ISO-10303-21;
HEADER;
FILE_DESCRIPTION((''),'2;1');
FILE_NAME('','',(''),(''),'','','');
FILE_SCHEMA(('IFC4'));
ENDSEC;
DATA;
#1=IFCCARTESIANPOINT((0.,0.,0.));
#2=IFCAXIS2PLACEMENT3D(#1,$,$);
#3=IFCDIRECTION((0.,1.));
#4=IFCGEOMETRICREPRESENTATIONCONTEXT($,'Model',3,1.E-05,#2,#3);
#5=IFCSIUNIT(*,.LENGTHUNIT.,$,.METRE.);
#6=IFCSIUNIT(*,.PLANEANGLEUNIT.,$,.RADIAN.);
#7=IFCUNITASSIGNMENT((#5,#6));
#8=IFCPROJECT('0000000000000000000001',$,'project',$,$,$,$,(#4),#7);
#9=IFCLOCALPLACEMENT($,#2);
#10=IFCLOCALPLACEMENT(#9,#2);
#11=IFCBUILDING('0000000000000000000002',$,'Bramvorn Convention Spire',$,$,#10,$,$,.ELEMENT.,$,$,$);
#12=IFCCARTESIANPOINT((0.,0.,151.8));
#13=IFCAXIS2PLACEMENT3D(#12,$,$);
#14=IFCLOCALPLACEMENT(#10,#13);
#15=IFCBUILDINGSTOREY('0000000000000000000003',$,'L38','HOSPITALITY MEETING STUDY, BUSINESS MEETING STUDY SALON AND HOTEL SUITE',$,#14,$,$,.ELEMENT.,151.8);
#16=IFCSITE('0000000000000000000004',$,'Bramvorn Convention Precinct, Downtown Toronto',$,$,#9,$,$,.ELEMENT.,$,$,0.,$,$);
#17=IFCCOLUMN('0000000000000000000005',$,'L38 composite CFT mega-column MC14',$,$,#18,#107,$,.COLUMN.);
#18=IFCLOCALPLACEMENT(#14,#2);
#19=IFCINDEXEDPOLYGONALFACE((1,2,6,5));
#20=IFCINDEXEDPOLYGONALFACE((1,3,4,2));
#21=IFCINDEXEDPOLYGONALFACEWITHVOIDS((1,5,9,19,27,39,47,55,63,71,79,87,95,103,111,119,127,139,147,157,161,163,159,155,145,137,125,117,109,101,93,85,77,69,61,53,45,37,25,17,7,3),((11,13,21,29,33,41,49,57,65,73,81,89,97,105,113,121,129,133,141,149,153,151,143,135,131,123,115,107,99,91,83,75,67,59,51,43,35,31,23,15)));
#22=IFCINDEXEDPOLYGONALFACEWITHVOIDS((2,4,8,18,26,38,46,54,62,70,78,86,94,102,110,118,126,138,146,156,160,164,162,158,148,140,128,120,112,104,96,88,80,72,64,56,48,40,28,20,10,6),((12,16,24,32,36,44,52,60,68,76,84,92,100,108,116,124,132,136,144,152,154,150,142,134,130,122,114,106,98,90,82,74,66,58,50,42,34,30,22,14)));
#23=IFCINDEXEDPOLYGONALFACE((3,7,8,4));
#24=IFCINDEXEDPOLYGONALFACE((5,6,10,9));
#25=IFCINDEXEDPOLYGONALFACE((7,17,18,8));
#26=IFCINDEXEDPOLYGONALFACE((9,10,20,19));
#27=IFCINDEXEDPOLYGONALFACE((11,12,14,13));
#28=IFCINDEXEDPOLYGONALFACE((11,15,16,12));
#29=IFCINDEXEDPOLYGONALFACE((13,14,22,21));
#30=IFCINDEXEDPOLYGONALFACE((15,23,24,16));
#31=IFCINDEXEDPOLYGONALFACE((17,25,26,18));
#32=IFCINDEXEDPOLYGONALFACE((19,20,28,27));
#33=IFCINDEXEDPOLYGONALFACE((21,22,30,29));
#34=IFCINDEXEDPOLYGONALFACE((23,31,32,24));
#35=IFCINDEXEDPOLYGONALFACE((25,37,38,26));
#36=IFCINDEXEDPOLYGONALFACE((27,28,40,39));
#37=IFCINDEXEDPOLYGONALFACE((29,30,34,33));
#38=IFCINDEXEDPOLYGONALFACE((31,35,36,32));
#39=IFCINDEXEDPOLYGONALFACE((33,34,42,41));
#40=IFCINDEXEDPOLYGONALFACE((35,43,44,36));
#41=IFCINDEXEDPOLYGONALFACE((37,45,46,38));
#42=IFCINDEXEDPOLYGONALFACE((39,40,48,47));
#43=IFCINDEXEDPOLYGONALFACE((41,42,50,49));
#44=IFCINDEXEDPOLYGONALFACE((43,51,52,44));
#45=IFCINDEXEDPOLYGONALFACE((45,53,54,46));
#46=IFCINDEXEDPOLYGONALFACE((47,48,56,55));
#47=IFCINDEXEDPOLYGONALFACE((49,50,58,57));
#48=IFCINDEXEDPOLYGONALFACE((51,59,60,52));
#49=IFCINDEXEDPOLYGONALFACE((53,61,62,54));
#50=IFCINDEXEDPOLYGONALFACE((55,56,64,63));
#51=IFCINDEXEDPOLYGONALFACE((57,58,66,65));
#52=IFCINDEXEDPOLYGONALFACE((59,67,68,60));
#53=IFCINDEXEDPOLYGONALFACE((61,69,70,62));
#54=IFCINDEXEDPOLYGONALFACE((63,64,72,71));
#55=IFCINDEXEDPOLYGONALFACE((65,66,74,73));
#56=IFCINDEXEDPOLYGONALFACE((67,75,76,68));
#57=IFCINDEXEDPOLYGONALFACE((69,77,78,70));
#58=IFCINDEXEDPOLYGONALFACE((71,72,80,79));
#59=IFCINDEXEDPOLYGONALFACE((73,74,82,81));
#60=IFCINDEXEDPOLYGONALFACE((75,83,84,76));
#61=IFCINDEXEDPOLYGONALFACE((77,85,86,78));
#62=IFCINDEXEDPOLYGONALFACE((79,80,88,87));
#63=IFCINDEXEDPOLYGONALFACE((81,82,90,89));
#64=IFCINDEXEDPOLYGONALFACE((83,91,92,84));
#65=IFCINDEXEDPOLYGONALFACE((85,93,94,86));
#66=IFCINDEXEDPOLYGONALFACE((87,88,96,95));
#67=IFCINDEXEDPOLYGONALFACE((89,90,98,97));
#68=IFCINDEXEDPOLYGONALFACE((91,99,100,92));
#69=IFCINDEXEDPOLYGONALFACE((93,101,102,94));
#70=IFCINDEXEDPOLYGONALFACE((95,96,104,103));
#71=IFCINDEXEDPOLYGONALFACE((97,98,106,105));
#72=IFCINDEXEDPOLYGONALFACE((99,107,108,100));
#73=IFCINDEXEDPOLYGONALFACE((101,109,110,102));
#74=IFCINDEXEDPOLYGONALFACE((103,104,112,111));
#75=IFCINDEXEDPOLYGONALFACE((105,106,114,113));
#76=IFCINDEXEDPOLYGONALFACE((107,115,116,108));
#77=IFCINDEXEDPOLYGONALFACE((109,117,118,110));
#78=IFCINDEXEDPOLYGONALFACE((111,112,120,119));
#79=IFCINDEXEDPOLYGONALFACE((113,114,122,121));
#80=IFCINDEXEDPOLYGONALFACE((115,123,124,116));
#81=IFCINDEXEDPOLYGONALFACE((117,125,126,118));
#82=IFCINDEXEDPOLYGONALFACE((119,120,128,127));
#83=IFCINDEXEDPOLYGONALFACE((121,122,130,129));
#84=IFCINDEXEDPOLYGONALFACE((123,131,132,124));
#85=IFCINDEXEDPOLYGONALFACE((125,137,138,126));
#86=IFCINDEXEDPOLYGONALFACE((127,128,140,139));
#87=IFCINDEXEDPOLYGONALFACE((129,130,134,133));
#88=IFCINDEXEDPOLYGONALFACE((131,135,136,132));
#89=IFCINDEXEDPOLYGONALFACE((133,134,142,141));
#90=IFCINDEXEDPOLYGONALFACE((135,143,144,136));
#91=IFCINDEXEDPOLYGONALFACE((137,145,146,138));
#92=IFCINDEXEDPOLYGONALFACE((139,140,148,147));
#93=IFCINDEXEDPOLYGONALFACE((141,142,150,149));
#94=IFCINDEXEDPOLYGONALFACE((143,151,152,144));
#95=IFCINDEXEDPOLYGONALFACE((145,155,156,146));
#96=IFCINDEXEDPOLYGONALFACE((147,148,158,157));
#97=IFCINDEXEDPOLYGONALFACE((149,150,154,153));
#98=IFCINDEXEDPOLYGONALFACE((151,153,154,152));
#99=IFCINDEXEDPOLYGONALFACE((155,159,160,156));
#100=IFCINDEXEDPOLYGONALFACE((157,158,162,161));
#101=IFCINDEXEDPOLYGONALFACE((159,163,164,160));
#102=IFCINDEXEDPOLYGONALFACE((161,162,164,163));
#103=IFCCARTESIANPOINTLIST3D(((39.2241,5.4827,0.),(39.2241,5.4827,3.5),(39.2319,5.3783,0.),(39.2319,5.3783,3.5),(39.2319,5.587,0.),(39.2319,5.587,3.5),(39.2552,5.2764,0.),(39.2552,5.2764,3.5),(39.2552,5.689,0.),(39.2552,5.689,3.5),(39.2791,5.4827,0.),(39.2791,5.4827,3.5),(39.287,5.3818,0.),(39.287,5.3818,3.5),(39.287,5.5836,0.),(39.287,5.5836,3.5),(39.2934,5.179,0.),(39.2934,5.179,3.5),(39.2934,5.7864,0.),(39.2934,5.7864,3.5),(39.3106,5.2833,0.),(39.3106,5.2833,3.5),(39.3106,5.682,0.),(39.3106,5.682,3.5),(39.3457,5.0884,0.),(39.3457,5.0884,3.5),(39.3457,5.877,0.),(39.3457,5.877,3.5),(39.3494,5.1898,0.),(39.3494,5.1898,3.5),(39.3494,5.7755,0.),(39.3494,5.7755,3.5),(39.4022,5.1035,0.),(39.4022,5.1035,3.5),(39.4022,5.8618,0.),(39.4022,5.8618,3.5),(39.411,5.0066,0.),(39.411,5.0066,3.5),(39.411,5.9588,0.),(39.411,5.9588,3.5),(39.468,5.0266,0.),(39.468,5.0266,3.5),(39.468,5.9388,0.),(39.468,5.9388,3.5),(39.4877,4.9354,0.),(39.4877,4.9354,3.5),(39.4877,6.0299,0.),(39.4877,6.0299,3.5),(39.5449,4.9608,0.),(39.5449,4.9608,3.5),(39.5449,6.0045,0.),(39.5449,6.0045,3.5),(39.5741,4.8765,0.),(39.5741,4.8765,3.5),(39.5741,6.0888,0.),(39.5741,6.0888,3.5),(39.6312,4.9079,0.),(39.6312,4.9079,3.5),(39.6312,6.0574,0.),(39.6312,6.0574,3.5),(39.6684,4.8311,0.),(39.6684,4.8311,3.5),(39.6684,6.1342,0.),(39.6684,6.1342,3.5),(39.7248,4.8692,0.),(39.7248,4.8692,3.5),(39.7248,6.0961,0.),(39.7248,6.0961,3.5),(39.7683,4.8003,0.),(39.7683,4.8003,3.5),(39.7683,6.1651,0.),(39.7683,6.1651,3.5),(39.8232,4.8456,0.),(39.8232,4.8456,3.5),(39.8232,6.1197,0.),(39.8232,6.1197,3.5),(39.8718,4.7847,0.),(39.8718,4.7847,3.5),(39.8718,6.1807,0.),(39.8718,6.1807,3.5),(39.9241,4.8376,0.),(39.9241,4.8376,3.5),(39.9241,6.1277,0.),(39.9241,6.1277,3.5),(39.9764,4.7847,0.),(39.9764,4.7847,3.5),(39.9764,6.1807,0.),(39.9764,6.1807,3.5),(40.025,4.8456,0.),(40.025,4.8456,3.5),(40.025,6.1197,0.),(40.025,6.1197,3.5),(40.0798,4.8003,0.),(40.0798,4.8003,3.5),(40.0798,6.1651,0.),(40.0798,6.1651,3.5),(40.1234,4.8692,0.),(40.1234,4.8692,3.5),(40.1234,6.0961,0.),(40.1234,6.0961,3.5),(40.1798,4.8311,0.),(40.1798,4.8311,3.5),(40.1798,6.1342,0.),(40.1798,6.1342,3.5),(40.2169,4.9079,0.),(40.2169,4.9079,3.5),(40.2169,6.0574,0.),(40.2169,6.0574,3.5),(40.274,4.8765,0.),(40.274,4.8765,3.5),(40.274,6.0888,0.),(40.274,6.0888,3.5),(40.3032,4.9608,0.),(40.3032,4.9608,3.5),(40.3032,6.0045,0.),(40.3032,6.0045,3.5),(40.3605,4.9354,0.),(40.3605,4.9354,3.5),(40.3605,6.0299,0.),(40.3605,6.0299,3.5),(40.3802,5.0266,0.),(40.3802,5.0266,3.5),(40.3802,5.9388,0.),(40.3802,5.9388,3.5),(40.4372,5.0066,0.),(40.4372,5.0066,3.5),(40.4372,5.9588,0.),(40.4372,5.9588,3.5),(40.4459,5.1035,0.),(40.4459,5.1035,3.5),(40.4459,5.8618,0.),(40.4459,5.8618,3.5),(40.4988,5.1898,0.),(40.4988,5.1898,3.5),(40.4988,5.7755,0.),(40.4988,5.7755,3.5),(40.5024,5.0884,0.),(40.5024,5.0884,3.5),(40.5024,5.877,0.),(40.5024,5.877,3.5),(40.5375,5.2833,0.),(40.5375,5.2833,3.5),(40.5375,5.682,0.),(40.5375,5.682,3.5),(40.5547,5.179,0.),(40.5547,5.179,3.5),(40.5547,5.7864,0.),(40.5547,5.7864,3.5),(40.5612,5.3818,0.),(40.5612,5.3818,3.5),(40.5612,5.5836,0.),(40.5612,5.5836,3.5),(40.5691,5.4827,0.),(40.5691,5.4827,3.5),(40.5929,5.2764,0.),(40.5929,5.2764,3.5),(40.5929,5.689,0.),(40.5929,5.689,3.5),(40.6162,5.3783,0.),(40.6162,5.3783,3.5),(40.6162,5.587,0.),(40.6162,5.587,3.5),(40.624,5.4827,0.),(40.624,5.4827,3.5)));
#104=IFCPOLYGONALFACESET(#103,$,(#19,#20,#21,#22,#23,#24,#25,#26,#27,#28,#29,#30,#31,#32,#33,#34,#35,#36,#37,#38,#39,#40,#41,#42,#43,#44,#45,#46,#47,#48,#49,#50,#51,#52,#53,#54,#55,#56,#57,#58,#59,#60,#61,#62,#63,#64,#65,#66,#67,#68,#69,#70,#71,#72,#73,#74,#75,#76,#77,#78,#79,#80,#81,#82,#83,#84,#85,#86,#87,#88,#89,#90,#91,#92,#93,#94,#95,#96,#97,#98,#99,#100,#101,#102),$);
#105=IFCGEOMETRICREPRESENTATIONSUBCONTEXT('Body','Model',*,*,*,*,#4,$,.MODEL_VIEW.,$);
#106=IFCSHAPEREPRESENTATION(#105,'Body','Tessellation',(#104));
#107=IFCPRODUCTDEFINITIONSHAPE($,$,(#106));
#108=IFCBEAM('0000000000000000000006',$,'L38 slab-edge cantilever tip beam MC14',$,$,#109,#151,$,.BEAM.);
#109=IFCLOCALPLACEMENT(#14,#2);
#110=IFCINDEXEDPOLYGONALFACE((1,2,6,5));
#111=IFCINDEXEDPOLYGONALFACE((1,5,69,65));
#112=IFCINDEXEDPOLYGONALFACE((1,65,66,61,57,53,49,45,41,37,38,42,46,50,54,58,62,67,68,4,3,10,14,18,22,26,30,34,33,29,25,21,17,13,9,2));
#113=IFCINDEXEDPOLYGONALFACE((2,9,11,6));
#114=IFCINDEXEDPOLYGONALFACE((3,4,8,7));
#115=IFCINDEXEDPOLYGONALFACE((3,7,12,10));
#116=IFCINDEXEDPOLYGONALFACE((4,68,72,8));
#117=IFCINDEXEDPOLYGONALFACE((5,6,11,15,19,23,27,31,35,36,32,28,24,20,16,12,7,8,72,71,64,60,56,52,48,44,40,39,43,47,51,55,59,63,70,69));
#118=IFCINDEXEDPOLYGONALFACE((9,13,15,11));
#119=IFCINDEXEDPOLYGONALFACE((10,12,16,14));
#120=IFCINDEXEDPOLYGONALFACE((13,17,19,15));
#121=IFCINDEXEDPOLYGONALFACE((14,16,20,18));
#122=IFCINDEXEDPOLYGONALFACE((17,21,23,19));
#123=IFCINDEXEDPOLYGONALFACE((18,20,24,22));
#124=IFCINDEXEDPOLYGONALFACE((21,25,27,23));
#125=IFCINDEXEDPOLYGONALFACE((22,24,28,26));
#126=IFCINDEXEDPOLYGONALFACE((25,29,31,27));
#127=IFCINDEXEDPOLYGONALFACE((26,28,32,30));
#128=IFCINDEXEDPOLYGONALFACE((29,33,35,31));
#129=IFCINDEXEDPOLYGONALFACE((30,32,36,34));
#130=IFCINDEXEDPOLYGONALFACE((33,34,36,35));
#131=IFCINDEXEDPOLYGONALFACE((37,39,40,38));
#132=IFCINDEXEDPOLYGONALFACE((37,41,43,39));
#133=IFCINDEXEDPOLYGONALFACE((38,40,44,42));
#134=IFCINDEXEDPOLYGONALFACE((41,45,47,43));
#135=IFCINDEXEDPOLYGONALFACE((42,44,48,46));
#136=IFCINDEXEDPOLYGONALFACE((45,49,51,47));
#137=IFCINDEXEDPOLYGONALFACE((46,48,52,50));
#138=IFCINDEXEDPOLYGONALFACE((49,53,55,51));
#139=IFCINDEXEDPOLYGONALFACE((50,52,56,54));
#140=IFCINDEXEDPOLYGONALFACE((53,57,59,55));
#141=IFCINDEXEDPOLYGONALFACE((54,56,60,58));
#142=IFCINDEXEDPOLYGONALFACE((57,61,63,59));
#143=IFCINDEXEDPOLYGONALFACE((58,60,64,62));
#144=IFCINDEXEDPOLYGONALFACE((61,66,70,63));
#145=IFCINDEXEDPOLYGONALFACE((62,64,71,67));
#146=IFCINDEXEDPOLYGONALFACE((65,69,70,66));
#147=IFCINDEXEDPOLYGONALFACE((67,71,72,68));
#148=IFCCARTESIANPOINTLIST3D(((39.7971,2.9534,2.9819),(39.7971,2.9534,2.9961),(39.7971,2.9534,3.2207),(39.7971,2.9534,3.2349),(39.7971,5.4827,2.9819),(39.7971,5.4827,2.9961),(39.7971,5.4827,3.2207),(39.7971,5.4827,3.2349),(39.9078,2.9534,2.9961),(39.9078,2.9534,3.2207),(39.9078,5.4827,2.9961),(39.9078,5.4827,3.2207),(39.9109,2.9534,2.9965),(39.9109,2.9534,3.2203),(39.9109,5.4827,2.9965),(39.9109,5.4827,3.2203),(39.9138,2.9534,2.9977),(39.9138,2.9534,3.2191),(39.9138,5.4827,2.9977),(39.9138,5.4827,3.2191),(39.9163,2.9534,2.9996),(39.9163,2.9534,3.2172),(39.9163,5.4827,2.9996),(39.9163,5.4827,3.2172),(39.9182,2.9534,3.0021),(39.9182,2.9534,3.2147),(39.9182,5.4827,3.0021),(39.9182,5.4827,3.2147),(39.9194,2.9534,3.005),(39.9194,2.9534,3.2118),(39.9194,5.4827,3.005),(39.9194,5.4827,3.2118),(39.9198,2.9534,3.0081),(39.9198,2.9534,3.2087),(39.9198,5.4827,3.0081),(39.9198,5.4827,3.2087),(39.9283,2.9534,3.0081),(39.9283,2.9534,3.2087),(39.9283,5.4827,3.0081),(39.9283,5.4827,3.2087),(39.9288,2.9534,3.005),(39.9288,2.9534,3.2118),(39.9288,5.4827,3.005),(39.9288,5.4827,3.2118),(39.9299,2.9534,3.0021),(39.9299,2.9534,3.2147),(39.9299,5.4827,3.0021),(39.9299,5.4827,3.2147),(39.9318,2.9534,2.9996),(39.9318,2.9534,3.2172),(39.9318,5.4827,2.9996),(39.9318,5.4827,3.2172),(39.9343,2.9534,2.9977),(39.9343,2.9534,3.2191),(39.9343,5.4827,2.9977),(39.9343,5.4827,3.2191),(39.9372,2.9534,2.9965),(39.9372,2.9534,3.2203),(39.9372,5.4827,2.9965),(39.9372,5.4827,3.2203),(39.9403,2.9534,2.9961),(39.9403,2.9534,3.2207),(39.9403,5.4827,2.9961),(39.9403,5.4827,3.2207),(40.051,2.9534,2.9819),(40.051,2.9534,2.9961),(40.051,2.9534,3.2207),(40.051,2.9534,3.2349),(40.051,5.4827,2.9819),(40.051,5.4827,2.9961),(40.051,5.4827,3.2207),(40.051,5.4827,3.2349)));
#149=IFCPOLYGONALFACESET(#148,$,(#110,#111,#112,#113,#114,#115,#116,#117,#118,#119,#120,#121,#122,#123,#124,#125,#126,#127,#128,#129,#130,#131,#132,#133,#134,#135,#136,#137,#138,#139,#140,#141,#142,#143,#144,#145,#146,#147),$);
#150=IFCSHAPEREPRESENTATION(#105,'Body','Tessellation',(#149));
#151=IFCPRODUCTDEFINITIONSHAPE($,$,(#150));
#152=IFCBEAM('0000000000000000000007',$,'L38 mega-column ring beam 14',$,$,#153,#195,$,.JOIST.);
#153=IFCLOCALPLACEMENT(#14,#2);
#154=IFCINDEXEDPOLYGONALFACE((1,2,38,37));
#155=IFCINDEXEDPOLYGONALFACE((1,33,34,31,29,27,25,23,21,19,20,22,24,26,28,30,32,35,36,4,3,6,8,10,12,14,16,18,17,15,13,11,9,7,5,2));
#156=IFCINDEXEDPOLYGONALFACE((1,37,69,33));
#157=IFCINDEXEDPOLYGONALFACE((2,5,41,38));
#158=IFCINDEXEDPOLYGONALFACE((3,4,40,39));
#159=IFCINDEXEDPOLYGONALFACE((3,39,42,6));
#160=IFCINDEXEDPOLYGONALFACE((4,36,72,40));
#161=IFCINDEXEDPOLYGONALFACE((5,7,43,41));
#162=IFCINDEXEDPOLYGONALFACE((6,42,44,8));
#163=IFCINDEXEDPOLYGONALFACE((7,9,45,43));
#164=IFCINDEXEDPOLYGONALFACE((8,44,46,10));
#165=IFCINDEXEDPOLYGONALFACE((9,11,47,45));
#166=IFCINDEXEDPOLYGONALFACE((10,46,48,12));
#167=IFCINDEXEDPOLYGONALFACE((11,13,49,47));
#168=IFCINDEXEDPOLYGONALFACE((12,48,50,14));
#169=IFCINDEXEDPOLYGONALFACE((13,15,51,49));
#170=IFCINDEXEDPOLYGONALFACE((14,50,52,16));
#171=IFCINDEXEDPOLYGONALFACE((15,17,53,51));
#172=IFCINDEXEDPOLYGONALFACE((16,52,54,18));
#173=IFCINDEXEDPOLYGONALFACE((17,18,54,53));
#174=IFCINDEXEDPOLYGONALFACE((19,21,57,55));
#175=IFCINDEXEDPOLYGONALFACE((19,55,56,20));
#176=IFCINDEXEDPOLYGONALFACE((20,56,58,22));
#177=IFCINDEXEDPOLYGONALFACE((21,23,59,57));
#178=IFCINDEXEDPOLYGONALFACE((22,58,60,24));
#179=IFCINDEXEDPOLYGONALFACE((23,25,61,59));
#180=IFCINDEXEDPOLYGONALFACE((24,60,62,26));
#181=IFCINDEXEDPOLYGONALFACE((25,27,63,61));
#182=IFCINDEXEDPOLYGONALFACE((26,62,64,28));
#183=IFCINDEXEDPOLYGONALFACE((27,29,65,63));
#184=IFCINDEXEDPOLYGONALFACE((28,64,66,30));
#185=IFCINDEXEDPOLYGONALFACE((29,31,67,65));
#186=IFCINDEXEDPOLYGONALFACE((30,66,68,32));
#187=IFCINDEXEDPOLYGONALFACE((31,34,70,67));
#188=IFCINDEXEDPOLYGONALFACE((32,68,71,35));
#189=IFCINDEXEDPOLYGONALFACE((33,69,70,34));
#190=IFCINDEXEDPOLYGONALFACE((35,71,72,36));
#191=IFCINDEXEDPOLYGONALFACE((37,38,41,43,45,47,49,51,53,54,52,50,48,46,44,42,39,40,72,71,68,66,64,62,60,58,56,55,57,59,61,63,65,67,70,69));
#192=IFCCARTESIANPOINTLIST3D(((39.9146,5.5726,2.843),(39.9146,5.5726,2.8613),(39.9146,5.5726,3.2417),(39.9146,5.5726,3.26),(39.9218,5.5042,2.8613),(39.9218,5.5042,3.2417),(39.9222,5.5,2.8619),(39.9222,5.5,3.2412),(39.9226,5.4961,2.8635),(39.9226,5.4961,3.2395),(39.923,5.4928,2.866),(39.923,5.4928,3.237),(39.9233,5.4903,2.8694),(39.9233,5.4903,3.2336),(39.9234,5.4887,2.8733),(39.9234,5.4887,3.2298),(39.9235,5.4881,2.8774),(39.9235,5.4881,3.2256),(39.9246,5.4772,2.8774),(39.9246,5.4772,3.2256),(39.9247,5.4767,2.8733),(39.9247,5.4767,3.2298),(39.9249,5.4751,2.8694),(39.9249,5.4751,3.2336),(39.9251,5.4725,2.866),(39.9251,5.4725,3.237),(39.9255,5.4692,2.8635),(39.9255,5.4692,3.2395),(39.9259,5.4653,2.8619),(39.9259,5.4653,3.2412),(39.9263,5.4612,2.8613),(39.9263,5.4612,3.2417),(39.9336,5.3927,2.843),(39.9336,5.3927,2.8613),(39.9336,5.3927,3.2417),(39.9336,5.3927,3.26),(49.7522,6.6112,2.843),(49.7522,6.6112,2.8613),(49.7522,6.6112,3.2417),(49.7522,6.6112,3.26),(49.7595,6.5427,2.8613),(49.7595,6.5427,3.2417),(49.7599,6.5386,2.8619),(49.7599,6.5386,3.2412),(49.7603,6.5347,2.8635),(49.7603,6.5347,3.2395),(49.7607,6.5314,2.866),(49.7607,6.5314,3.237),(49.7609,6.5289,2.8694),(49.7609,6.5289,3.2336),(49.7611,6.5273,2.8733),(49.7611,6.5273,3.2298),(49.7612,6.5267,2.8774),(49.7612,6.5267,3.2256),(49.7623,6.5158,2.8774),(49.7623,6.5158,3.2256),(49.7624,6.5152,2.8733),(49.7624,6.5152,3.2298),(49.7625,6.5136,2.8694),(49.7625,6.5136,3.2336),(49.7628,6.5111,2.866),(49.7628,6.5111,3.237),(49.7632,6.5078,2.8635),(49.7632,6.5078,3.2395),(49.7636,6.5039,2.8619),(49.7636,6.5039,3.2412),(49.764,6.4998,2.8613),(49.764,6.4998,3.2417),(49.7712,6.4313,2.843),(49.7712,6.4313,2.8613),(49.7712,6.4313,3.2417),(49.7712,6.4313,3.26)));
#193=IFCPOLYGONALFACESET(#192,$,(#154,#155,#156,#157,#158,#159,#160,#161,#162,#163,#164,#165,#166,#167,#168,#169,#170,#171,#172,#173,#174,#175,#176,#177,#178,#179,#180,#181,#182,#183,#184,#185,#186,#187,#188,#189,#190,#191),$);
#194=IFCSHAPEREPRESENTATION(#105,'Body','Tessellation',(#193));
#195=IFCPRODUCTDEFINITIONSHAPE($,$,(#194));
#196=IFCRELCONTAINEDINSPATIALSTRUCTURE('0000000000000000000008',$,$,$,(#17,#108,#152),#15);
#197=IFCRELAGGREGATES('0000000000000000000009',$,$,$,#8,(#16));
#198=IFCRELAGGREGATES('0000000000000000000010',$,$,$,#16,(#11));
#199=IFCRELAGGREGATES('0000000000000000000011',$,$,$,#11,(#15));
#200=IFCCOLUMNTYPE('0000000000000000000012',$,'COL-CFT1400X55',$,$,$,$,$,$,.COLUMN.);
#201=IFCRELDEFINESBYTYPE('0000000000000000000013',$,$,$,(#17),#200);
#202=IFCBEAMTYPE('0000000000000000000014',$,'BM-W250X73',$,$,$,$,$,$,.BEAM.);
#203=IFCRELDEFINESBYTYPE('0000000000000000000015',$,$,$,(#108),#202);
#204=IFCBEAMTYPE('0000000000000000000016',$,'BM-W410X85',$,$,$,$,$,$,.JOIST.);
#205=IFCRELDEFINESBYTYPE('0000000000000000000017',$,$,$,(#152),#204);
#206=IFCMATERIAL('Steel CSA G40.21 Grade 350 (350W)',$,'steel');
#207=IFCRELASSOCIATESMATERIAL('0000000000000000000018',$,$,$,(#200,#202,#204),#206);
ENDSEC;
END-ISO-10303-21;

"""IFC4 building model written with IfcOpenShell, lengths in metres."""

from ifc_helpers import new_model, si_unit, direction, frame, origin, origin_2d, place, context, subcontext, project, spatial, hollow_circle, i_section, extrude, material, material_profile, profile_set, type_object, element, save


model = new_model("IFC4")

# Units and contexts
model_context = context("Model", 3, precision=1e-05, world=origin(), true_north=direction((0.0, 1.0)))
body_context = subcontext(model_context, "Body", "Model", "MODEL_VIEW")
ifc_project = project(units=[si_unit("LENGTHUNIT", "METRE"), si_unit("PLANEANGLEUNIT", "RADIAN")], contexts=[model_context])

# Site, building, storey
site_placement = place(None, origin())
site = spatial("IfcSite", under=ifc_project, at=site_placement, Name="Bramvorn Convention Precinct, Downtown Toronto", CompositionType="ELEMENT", RefElevation=0.0)
building_placement = place(site_placement, origin())
building = spatial("IfcBuilding", under=site, at=building_placement, Name="Bramvorn Convention Spire", CompositionType="ELEMENT")
storey_placement = place(building_placement, frame((0.0, 0.0, 151.8)))
storey = spatial("IfcBuildingStorey", under=building, at=storey_placement, Name="L38", Description="HOSPITALITY MEETING STUDY, BUSINESS MEETING STUDY SALON AND HOTEL SUITE", CompositionType="ELEMENT", Elevation=151.8)

# Column
ifc_material_1 = material(Name="Steel CSA G40.21 Grade 350 (350W)", Category="steel")
ifc_material_profile_1 = material_profile(ifc_material_1, hollow_circle(Radius=0.7, WallThickness=0.0549, at=origin_2d()))
ifc_profile_set_1 = profile_set([ifc_material_profile_1], Name="Steel CSA G40.21 Grade 350 (350W) - CFT1400X55")
column_type = type_object("IfcColumnType", Name="COL-CFT1400X55", PredefinedType="COLUMN", material=ifc_profile_set_1)
column_placement = place(storey_placement, frame((39.9241, 5.4827, 0.0), z_axis=(0.0, 0.0, 1.0), x_axis=(1.0, 0.0, 0.0)))
element("IfcColumn", 1, at=column_placement, inside=storey, type_object=column_type, Name="L38 composite CFT mega-column MC14", PredefinedType="COLUMN", context=body_context, shape_type="SweptSolid", body=[
    extrude(hollow_circle(Radius=0.7, WallThickness=0.0549, at=origin_2d()), origin(), (0.0, 0.0, 1.0), 3.5),
])

# Beams
ifc_material_profile_2 = material_profile(ifc_material_1, i_section(OverallWidth=0.2539, OverallDepth=0.2529, WebThickness=0.0085, FlangeThickness=0.0142, FilletRadius=0.012, at=origin_2d()))
ifc_profile_set_2 = profile_set([ifc_material_profile_2], Name="Steel CSA G40.21 Grade 350 (350W) - W250X73")
beam_type_1 = type_object("IfcBeamType", Name="BM-W250X73", PredefinedType="BEAM", material=ifc_profile_set_2)
beam_1_placement = place(storey_placement, frame((39.9241, 5.4827, 3.1084), z_axis=(0.0, -1.0, 0.0), x_axis=(1.0, 0.0, 0.0)))
element("IfcBeam", 2, at=beam_1_placement, inside=storey, type_object=beam_type_1, Name="L38 slab-edge cantilever tip beam MC14", PredefinedType="BEAM", context=body_context, shape_type="SweptSolid", body=[
    extrude(i_section(OverallWidth=0.2539, OverallDepth=0.2529, WebThickness=0.0085, FlangeThickness=0.0142, FilletRadius=0.012, at=origin_2d()), origin(), (0.0, 0.0, 1.0), 2.5293),
])
ifc_material_profile_3 = material_profile(ifc_material_1, i_section(OverallWidth=0.1809, OverallDepth=0.417, WebThickness=0.011, FlangeThickness=0.0183, FilletRadius=0.0161, at=origin_2d()))
ifc_profile_set_3 = profile_set([ifc_material_profile_3], Name="Steel CSA G40.21 Grade 350 (350W) - W410X85")
beam_type_2 = type_object("IfcBeamType", Name="BM-W410X85", PredefinedType="JOIST", material=ifc_profile_set_3)
beam_2_placement = place(storey_placement, frame((39.9241, 5.4827, 3.0515), z_axis=(0.994473, 0.104988, 0.0), x_axis=(-0.104988, 0.994473, 0.0)))
element("IfcBeam", 3, at=beam_2_placement, inside=storey, type_object=beam_type_2, Name="L38 mega-column ring beam 14", PredefinedType="JOIST", context=body_context, shape_type="SweptSolid", body=[
    extrude(i_section(OverallWidth=0.1809, OverallDepth=0.417, WebThickness=0.011, FlangeThickness=0.0183, FilletRadius=0.0161, at=origin_2d()), origin(), (0.0, 0.0, 1.0), 9.8923),
])

save(model, "model.ifc")
